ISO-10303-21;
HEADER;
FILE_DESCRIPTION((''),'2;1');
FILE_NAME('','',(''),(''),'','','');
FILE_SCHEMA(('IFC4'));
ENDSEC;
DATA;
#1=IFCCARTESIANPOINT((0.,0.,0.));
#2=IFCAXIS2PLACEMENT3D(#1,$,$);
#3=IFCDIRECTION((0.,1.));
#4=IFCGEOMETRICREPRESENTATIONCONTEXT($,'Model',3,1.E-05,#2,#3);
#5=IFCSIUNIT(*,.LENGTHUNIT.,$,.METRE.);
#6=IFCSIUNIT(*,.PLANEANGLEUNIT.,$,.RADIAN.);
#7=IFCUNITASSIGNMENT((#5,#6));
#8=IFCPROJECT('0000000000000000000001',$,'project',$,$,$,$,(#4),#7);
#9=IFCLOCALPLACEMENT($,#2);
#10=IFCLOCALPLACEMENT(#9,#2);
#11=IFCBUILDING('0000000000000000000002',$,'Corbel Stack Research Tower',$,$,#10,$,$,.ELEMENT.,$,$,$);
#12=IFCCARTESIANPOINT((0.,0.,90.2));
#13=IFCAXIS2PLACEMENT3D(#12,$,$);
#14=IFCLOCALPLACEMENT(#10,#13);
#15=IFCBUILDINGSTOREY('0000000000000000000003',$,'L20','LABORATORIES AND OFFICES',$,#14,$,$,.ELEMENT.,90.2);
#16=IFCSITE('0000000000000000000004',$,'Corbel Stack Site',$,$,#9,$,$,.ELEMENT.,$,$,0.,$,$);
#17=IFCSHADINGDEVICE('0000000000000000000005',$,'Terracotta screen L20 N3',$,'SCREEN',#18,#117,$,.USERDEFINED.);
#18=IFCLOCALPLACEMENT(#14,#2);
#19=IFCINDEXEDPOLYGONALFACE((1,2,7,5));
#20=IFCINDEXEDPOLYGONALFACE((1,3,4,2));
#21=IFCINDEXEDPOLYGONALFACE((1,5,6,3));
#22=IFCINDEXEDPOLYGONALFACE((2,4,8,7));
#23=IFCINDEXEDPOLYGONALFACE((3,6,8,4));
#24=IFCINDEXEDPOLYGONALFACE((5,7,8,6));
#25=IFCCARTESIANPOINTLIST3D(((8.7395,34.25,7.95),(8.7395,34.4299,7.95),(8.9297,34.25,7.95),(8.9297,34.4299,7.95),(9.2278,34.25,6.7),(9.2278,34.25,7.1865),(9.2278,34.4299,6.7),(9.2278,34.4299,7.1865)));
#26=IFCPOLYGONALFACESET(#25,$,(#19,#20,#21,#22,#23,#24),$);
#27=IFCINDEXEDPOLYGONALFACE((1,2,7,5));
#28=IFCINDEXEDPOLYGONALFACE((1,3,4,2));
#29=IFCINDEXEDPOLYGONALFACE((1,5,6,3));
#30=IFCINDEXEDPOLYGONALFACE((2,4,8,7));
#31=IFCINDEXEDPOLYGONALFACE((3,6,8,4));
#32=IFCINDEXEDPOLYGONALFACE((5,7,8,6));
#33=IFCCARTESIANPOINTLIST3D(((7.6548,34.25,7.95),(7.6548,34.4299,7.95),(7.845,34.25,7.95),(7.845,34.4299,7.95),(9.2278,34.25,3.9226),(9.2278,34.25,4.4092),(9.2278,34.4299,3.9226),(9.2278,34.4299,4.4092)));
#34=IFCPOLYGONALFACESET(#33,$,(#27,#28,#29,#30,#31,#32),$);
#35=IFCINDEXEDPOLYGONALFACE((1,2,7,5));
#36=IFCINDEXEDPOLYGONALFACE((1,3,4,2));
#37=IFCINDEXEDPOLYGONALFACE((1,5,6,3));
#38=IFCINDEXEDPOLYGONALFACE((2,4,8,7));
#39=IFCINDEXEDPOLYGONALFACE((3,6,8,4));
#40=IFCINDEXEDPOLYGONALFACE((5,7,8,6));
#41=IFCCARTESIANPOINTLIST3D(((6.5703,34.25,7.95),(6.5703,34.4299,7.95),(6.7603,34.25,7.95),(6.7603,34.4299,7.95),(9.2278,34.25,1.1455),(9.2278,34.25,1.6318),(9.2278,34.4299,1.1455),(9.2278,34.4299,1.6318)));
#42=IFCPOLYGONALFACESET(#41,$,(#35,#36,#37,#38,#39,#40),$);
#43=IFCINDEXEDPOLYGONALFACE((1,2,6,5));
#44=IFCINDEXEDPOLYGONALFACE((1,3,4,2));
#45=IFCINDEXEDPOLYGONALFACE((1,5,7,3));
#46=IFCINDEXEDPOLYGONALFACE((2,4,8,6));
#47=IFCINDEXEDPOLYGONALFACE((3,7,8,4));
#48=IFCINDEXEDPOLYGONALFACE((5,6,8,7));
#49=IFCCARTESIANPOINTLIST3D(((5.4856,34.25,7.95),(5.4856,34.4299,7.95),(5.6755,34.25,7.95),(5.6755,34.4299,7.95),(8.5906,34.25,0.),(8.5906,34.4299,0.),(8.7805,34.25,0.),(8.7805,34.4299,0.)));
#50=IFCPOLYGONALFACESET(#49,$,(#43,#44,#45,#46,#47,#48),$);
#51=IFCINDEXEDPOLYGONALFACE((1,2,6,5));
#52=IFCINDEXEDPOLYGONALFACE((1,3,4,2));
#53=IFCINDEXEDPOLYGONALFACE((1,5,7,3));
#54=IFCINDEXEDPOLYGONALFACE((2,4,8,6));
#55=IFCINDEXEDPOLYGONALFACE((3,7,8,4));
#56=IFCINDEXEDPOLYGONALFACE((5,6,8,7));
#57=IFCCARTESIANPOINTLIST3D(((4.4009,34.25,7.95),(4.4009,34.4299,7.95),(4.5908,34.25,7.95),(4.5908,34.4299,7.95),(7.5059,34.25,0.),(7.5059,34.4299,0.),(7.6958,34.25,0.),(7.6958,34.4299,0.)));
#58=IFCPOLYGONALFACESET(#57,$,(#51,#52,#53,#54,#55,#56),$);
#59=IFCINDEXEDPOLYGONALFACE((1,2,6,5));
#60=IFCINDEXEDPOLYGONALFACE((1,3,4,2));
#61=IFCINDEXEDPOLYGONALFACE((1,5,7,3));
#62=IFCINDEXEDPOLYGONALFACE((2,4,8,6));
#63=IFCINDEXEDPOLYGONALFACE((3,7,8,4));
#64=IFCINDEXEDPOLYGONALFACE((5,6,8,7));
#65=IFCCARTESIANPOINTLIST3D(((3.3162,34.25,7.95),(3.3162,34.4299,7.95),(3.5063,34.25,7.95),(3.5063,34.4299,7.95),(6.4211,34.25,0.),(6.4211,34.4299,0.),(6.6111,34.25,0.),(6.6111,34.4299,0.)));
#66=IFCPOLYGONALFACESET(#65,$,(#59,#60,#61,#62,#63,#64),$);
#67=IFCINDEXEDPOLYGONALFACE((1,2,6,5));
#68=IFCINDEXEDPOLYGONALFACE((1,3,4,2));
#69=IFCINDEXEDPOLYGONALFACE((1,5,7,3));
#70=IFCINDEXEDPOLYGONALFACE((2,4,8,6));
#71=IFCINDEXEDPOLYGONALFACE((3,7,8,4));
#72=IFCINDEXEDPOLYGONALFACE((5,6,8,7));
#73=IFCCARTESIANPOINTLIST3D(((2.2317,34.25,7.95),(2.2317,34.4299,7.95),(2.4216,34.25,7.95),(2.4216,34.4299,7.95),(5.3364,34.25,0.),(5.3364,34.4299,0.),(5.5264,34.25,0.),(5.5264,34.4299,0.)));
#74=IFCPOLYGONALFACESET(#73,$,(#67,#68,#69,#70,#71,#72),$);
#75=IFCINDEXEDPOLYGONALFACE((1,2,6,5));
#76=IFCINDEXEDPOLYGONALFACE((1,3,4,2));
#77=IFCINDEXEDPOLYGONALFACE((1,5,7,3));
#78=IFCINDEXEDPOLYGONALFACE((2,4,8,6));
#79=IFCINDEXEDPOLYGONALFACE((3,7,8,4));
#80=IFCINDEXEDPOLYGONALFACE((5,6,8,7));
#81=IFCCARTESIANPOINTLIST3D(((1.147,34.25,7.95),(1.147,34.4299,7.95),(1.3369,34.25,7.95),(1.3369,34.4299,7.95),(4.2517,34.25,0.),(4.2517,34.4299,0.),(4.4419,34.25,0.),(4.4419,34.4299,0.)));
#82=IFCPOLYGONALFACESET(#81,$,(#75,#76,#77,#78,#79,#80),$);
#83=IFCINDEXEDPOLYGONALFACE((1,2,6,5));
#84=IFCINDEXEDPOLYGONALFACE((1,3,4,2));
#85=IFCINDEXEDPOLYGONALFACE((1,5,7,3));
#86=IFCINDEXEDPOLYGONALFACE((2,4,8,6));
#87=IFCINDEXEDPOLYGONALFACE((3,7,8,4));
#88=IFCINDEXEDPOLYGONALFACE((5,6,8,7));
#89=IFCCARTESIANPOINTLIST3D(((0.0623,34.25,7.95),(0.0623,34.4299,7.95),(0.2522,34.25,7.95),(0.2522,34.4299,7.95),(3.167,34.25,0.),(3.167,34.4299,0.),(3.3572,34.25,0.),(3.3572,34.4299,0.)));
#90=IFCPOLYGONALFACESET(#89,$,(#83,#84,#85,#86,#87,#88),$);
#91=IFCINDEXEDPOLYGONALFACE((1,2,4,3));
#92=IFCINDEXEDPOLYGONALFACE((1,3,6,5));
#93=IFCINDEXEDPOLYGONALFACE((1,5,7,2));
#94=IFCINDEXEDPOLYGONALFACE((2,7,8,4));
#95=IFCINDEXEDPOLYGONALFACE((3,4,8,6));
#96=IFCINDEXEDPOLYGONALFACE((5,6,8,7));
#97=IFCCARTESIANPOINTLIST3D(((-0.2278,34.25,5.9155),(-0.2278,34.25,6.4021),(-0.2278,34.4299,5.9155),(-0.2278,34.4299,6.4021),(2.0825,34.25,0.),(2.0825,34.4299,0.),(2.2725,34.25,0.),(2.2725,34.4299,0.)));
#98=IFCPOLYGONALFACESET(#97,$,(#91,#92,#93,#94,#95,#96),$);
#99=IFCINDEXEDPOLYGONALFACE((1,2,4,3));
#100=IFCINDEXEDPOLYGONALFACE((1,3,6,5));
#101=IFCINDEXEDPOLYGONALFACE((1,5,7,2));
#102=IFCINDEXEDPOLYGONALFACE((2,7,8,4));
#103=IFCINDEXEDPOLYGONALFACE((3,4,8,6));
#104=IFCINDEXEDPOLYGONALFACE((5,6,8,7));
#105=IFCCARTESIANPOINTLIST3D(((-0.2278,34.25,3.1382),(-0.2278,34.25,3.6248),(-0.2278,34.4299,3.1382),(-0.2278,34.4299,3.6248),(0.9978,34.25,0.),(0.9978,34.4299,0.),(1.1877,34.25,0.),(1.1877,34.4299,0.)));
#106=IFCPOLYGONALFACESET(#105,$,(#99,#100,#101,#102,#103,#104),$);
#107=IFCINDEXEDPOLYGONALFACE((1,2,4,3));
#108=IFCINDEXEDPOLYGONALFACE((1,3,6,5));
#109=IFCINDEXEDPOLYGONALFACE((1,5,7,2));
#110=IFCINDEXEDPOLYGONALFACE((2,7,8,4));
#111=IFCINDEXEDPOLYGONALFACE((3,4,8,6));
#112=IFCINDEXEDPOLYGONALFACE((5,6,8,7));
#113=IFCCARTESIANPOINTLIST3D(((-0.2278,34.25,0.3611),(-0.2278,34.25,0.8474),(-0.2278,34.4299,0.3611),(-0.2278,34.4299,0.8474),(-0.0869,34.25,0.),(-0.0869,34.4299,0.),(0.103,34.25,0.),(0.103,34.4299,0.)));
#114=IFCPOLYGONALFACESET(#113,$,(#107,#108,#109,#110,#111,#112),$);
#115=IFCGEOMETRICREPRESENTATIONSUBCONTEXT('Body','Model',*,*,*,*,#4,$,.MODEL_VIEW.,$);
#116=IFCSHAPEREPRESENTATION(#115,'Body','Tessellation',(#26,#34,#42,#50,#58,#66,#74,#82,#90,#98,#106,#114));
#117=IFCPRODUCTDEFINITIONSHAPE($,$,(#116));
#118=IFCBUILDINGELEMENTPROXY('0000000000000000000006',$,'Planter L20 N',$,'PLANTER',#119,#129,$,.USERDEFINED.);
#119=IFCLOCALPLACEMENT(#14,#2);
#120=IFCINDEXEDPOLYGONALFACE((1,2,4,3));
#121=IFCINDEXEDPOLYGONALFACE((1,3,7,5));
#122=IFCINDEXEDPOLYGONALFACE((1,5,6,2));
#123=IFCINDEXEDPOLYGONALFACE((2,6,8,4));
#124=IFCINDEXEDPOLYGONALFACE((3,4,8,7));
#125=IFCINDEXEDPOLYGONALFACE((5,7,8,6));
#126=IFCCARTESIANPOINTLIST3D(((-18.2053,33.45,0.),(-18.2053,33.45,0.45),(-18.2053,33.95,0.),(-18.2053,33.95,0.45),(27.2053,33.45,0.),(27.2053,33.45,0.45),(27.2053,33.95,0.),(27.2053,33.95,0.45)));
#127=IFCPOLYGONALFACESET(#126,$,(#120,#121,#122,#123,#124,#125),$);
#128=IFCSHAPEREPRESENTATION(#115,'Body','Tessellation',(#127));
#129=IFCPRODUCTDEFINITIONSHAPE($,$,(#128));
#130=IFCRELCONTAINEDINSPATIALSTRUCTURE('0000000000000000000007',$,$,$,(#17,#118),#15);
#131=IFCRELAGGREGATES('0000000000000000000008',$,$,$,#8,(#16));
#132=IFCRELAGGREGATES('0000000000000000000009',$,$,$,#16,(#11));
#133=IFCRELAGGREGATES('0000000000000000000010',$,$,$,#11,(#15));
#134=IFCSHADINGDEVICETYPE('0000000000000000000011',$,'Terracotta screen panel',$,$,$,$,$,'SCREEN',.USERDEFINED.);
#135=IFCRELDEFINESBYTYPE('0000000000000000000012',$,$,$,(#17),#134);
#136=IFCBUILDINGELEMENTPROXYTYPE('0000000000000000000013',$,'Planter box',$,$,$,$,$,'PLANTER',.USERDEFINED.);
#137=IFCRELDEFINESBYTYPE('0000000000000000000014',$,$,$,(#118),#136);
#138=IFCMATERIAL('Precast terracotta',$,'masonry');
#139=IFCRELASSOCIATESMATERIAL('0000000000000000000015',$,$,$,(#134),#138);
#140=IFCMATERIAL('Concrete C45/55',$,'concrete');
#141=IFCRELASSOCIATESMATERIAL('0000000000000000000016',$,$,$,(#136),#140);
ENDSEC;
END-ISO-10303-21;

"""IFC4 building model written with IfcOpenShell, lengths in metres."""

from ifc_helpers import new_model, si_unit, direction, frame, origin, origin_2d, place, context, subcontext, project, spatial, polyline, rectangle, outline, extrude, source, transform, mapped, material, type_object, element, save


model = new_model("IFC4")

# Units and contexts
model_context = context("Model", 3, precision=1e-05, world=origin(), true_north=direction((0.0, 1.0)))
body_context = subcontext(model_context, "Body", "Model", "MODEL_VIEW")
ifc_project = project(units=[si_unit("LENGTHUNIT", "METRE"), si_unit("PLANEANGLEUNIT", "RADIAN")], contexts=[model_context])

# Site, building, storey
site_placement = place(None, origin())
site = spatial("IfcSite", under=ifc_project, at=site_placement, Name="Corbel Stack Site", CompositionType="ELEMENT", RefElevation=0.0)
building_placement = place(site_placement, origin())
building = spatial("IfcBuilding", under=site, at=building_placement, Name="Corbel Stack Research Tower", CompositionType="ELEMENT")
storey_placement = place(building_placement, frame((0.0, 0.0, 90.2)))
storey = spatial("IfcBuildingStorey", under=building, at=storey_placement, Name="L20", Description="LABORATORIES AND OFFICES", CompositionType="ELEMENT", Elevation=90.2)

# Shading device
ifc_material_1 = material(Name="Precast terracotta", Category="masonry")
shading_device_type = type_object("IfcShadingDeviceType", Name="Terracotta screen panel", ElementType="SCREEN", PredefinedType="USERDEFINED", material=ifc_material_1)
shared_shape = source(origin(), body_context, "Body", "SweptSolid", [
    extrude(outline(polyline([(0.4883, 7.95), (0.2981, 7.95), (0.0, 7.1865), (0.0, 6.7), (0.4883, 7.95)])), frame((0.0, 0.0, 0.0), z_axis=(0.0, -1.0, 0.0), x_axis=(1.0, 0.0, 0.0)), (0.0, 0.0, 1.0), 0.1799),
    extrude(outline(polyline([(1.573, 7.95), (1.3828, 7.95), (0.0, 4.4092), (0.0, 3.9226), (1.573, 7.95)])), frame((0.0, 0.0, 0.0), z_axis=(0.0, -1.0, 0.0), x_axis=(1.0, 0.0, 0.0)), (0.0, 0.0, 1.0), 0.1799),
    extrude(outline(polyline([(2.6575, 7.95), (2.4675, 7.95), (0.0, 1.6318), (0.0, 1.1455), (2.6575, 7.95)])), frame((0.0, 0.0, 0.0), z_axis=(0.0, -1.0, 0.0), x_axis=(1.0, 0.0, 0.0)), (0.0, 0.0, 1.0), 0.1799),
    extrude(outline(polyline([(0.6372, 0.0), (3.7422, 7.95), (3.5522, 7.95), (0.4473, 0.0), (0.6372, 0.0)])), frame((0.0, 0.0, 0.0), z_axis=(0.0, -1.0, 0.0), x_axis=(1.0, 0.0, 0.0)), (0.0, 0.0, 1.0), 0.1799),
    extrude(outline(polyline([(1.7219, 0.0), (4.8269, 7.95), (4.637, 7.95), (1.532, 0.0), (1.7219, 0.0)])), frame((0.0, 0.0, 0.0), z_axis=(0.0, -1.0, 0.0), x_axis=(1.0, 0.0, 0.0)), (0.0, 0.0, 1.0), 0.1799),
    extrude(outline(polyline([(2.8066, 0.0), (5.9116, 7.95), (5.7214, 7.95), (2.6167, 0.0), (2.8066, 0.0)])), frame((0.0, 0.0, 0.0), z_axis=(0.0, -1.0, 0.0), x_axis=(1.0, 0.0, 0.0)), (0.0, 0.0, 1.0), 0.1799),
    extrude(outline(polyline([(3.8914, 0.0), (6.9961, 7.95), (6.8062, 7.95), (3.7014, 0.0), (3.8914, 0.0)])), frame((0.0, 0.0, 0.0), z_axis=(0.0, -1.0, 0.0), x_axis=(1.0, 0.0, 0.0)), (0.0, 0.0, 1.0), 0.1799),
    extrude(outline(polyline([(4.9761, 0.0), (8.0808, 7.95), (7.8909, 7.95), (4.7859, 0.0), (4.9761, 0.0)])), frame((0.0, 0.0, 0.0), z_axis=(0.0, -1.0, 0.0), x_axis=(1.0, 0.0, 0.0)), (0.0, 0.0, 1.0), 0.1799),
    extrude(outline(polyline([(6.0608, 0.0), (9.1655, 7.95), (8.9756, 7.95), (5.8706, 0.0), (6.0608, 0.0)])), frame((0.0, 0.0, 0.0), z_axis=(0.0, -1.0, 0.0), x_axis=(1.0, 0.0, 0.0)), (0.0, 0.0, 1.0), 0.1799),
    extrude(outline(polyline([(7.1453, 0.0), (9.4556, 5.9155), (9.4556, 6.4021), (6.9553, 0.0), (7.1453, 0.0)])), frame((0.0, 0.0, 0.0), z_axis=(0.0, -1.0, 0.0), x_axis=(1.0, 0.0, 0.0)), (0.0, 0.0, 1.0), 0.1799),
    extrude(outline(polyline([(8.23, 0.0), (9.4556, 3.1382), (9.4556, 3.6248), (8.04, 0.0), (8.23, 0.0)])), frame((0.0, 0.0, 0.0), z_axis=(0.0, -1.0, 0.0), x_axis=(1.0, 0.0, 0.0)), (0.0, 0.0, 1.0), 0.1799),
    extrude(outline(polyline([(9.3147, 0.0), (9.4556, 0.3611), (9.4556, 0.8474), (9.1248, 0.0), (9.3147, 0.0)])), frame((0.0, 0.0, 0.0), z_axis=(0.0, -1.0, 0.0), x_axis=(1.0, 0.0, 0.0)), (0.0, 0.0, 1.0), 0.1799),
])
shading_device_placement = place(storey_placement, frame((9.2278, 34.25, 0.0), z_axis=(0.0, 0.0, 1.0), x_axis=(-1.0, 0.0, 0.0)))
element("IfcShadingDevice", 1, at=shading_device_placement, inside=storey, type_object=shading_device_type, Name="Terracotta screen L20 N3", ObjectType="SCREEN", PredefinedType="USERDEFINED", context=body_context, shape_type="MappedRepresentation", body=[
    mapped(shared_shape, transform((0.0, 0.0, 0.0))),
])

# Building element proxy
ifc_material_2 = material(Name="Concrete C45/55", Category="concrete")
building_element_proxy_type = type_object("IfcBuildingElementProxyType", Name="Planter box", ElementType="PLANTER", PredefinedType="USERDEFINED", material=ifc_material_2)
proxy_placement = place(storey_placement, frame((4.5, 33.7, 0.0), z_axis=(0.0, 0.0, 1.0), x_axis=(-1.0, 0.0, 0.0)))
element("IfcBuildingElementProxy", 2, at=proxy_placement, inside=storey, type_object=building_element_proxy_type, Name="Planter L20 N", ObjectType="PLANTER", PredefinedType="USERDEFINED", context=body_context, shape_type="SweptSolid", body=[
    extrude(rectangle(XDim=45.4106, YDim=0.5, at=origin_2d()), origin(), (0.0, 0.0, 1.0), 0.45),
])

save(model, "model.ifc")
